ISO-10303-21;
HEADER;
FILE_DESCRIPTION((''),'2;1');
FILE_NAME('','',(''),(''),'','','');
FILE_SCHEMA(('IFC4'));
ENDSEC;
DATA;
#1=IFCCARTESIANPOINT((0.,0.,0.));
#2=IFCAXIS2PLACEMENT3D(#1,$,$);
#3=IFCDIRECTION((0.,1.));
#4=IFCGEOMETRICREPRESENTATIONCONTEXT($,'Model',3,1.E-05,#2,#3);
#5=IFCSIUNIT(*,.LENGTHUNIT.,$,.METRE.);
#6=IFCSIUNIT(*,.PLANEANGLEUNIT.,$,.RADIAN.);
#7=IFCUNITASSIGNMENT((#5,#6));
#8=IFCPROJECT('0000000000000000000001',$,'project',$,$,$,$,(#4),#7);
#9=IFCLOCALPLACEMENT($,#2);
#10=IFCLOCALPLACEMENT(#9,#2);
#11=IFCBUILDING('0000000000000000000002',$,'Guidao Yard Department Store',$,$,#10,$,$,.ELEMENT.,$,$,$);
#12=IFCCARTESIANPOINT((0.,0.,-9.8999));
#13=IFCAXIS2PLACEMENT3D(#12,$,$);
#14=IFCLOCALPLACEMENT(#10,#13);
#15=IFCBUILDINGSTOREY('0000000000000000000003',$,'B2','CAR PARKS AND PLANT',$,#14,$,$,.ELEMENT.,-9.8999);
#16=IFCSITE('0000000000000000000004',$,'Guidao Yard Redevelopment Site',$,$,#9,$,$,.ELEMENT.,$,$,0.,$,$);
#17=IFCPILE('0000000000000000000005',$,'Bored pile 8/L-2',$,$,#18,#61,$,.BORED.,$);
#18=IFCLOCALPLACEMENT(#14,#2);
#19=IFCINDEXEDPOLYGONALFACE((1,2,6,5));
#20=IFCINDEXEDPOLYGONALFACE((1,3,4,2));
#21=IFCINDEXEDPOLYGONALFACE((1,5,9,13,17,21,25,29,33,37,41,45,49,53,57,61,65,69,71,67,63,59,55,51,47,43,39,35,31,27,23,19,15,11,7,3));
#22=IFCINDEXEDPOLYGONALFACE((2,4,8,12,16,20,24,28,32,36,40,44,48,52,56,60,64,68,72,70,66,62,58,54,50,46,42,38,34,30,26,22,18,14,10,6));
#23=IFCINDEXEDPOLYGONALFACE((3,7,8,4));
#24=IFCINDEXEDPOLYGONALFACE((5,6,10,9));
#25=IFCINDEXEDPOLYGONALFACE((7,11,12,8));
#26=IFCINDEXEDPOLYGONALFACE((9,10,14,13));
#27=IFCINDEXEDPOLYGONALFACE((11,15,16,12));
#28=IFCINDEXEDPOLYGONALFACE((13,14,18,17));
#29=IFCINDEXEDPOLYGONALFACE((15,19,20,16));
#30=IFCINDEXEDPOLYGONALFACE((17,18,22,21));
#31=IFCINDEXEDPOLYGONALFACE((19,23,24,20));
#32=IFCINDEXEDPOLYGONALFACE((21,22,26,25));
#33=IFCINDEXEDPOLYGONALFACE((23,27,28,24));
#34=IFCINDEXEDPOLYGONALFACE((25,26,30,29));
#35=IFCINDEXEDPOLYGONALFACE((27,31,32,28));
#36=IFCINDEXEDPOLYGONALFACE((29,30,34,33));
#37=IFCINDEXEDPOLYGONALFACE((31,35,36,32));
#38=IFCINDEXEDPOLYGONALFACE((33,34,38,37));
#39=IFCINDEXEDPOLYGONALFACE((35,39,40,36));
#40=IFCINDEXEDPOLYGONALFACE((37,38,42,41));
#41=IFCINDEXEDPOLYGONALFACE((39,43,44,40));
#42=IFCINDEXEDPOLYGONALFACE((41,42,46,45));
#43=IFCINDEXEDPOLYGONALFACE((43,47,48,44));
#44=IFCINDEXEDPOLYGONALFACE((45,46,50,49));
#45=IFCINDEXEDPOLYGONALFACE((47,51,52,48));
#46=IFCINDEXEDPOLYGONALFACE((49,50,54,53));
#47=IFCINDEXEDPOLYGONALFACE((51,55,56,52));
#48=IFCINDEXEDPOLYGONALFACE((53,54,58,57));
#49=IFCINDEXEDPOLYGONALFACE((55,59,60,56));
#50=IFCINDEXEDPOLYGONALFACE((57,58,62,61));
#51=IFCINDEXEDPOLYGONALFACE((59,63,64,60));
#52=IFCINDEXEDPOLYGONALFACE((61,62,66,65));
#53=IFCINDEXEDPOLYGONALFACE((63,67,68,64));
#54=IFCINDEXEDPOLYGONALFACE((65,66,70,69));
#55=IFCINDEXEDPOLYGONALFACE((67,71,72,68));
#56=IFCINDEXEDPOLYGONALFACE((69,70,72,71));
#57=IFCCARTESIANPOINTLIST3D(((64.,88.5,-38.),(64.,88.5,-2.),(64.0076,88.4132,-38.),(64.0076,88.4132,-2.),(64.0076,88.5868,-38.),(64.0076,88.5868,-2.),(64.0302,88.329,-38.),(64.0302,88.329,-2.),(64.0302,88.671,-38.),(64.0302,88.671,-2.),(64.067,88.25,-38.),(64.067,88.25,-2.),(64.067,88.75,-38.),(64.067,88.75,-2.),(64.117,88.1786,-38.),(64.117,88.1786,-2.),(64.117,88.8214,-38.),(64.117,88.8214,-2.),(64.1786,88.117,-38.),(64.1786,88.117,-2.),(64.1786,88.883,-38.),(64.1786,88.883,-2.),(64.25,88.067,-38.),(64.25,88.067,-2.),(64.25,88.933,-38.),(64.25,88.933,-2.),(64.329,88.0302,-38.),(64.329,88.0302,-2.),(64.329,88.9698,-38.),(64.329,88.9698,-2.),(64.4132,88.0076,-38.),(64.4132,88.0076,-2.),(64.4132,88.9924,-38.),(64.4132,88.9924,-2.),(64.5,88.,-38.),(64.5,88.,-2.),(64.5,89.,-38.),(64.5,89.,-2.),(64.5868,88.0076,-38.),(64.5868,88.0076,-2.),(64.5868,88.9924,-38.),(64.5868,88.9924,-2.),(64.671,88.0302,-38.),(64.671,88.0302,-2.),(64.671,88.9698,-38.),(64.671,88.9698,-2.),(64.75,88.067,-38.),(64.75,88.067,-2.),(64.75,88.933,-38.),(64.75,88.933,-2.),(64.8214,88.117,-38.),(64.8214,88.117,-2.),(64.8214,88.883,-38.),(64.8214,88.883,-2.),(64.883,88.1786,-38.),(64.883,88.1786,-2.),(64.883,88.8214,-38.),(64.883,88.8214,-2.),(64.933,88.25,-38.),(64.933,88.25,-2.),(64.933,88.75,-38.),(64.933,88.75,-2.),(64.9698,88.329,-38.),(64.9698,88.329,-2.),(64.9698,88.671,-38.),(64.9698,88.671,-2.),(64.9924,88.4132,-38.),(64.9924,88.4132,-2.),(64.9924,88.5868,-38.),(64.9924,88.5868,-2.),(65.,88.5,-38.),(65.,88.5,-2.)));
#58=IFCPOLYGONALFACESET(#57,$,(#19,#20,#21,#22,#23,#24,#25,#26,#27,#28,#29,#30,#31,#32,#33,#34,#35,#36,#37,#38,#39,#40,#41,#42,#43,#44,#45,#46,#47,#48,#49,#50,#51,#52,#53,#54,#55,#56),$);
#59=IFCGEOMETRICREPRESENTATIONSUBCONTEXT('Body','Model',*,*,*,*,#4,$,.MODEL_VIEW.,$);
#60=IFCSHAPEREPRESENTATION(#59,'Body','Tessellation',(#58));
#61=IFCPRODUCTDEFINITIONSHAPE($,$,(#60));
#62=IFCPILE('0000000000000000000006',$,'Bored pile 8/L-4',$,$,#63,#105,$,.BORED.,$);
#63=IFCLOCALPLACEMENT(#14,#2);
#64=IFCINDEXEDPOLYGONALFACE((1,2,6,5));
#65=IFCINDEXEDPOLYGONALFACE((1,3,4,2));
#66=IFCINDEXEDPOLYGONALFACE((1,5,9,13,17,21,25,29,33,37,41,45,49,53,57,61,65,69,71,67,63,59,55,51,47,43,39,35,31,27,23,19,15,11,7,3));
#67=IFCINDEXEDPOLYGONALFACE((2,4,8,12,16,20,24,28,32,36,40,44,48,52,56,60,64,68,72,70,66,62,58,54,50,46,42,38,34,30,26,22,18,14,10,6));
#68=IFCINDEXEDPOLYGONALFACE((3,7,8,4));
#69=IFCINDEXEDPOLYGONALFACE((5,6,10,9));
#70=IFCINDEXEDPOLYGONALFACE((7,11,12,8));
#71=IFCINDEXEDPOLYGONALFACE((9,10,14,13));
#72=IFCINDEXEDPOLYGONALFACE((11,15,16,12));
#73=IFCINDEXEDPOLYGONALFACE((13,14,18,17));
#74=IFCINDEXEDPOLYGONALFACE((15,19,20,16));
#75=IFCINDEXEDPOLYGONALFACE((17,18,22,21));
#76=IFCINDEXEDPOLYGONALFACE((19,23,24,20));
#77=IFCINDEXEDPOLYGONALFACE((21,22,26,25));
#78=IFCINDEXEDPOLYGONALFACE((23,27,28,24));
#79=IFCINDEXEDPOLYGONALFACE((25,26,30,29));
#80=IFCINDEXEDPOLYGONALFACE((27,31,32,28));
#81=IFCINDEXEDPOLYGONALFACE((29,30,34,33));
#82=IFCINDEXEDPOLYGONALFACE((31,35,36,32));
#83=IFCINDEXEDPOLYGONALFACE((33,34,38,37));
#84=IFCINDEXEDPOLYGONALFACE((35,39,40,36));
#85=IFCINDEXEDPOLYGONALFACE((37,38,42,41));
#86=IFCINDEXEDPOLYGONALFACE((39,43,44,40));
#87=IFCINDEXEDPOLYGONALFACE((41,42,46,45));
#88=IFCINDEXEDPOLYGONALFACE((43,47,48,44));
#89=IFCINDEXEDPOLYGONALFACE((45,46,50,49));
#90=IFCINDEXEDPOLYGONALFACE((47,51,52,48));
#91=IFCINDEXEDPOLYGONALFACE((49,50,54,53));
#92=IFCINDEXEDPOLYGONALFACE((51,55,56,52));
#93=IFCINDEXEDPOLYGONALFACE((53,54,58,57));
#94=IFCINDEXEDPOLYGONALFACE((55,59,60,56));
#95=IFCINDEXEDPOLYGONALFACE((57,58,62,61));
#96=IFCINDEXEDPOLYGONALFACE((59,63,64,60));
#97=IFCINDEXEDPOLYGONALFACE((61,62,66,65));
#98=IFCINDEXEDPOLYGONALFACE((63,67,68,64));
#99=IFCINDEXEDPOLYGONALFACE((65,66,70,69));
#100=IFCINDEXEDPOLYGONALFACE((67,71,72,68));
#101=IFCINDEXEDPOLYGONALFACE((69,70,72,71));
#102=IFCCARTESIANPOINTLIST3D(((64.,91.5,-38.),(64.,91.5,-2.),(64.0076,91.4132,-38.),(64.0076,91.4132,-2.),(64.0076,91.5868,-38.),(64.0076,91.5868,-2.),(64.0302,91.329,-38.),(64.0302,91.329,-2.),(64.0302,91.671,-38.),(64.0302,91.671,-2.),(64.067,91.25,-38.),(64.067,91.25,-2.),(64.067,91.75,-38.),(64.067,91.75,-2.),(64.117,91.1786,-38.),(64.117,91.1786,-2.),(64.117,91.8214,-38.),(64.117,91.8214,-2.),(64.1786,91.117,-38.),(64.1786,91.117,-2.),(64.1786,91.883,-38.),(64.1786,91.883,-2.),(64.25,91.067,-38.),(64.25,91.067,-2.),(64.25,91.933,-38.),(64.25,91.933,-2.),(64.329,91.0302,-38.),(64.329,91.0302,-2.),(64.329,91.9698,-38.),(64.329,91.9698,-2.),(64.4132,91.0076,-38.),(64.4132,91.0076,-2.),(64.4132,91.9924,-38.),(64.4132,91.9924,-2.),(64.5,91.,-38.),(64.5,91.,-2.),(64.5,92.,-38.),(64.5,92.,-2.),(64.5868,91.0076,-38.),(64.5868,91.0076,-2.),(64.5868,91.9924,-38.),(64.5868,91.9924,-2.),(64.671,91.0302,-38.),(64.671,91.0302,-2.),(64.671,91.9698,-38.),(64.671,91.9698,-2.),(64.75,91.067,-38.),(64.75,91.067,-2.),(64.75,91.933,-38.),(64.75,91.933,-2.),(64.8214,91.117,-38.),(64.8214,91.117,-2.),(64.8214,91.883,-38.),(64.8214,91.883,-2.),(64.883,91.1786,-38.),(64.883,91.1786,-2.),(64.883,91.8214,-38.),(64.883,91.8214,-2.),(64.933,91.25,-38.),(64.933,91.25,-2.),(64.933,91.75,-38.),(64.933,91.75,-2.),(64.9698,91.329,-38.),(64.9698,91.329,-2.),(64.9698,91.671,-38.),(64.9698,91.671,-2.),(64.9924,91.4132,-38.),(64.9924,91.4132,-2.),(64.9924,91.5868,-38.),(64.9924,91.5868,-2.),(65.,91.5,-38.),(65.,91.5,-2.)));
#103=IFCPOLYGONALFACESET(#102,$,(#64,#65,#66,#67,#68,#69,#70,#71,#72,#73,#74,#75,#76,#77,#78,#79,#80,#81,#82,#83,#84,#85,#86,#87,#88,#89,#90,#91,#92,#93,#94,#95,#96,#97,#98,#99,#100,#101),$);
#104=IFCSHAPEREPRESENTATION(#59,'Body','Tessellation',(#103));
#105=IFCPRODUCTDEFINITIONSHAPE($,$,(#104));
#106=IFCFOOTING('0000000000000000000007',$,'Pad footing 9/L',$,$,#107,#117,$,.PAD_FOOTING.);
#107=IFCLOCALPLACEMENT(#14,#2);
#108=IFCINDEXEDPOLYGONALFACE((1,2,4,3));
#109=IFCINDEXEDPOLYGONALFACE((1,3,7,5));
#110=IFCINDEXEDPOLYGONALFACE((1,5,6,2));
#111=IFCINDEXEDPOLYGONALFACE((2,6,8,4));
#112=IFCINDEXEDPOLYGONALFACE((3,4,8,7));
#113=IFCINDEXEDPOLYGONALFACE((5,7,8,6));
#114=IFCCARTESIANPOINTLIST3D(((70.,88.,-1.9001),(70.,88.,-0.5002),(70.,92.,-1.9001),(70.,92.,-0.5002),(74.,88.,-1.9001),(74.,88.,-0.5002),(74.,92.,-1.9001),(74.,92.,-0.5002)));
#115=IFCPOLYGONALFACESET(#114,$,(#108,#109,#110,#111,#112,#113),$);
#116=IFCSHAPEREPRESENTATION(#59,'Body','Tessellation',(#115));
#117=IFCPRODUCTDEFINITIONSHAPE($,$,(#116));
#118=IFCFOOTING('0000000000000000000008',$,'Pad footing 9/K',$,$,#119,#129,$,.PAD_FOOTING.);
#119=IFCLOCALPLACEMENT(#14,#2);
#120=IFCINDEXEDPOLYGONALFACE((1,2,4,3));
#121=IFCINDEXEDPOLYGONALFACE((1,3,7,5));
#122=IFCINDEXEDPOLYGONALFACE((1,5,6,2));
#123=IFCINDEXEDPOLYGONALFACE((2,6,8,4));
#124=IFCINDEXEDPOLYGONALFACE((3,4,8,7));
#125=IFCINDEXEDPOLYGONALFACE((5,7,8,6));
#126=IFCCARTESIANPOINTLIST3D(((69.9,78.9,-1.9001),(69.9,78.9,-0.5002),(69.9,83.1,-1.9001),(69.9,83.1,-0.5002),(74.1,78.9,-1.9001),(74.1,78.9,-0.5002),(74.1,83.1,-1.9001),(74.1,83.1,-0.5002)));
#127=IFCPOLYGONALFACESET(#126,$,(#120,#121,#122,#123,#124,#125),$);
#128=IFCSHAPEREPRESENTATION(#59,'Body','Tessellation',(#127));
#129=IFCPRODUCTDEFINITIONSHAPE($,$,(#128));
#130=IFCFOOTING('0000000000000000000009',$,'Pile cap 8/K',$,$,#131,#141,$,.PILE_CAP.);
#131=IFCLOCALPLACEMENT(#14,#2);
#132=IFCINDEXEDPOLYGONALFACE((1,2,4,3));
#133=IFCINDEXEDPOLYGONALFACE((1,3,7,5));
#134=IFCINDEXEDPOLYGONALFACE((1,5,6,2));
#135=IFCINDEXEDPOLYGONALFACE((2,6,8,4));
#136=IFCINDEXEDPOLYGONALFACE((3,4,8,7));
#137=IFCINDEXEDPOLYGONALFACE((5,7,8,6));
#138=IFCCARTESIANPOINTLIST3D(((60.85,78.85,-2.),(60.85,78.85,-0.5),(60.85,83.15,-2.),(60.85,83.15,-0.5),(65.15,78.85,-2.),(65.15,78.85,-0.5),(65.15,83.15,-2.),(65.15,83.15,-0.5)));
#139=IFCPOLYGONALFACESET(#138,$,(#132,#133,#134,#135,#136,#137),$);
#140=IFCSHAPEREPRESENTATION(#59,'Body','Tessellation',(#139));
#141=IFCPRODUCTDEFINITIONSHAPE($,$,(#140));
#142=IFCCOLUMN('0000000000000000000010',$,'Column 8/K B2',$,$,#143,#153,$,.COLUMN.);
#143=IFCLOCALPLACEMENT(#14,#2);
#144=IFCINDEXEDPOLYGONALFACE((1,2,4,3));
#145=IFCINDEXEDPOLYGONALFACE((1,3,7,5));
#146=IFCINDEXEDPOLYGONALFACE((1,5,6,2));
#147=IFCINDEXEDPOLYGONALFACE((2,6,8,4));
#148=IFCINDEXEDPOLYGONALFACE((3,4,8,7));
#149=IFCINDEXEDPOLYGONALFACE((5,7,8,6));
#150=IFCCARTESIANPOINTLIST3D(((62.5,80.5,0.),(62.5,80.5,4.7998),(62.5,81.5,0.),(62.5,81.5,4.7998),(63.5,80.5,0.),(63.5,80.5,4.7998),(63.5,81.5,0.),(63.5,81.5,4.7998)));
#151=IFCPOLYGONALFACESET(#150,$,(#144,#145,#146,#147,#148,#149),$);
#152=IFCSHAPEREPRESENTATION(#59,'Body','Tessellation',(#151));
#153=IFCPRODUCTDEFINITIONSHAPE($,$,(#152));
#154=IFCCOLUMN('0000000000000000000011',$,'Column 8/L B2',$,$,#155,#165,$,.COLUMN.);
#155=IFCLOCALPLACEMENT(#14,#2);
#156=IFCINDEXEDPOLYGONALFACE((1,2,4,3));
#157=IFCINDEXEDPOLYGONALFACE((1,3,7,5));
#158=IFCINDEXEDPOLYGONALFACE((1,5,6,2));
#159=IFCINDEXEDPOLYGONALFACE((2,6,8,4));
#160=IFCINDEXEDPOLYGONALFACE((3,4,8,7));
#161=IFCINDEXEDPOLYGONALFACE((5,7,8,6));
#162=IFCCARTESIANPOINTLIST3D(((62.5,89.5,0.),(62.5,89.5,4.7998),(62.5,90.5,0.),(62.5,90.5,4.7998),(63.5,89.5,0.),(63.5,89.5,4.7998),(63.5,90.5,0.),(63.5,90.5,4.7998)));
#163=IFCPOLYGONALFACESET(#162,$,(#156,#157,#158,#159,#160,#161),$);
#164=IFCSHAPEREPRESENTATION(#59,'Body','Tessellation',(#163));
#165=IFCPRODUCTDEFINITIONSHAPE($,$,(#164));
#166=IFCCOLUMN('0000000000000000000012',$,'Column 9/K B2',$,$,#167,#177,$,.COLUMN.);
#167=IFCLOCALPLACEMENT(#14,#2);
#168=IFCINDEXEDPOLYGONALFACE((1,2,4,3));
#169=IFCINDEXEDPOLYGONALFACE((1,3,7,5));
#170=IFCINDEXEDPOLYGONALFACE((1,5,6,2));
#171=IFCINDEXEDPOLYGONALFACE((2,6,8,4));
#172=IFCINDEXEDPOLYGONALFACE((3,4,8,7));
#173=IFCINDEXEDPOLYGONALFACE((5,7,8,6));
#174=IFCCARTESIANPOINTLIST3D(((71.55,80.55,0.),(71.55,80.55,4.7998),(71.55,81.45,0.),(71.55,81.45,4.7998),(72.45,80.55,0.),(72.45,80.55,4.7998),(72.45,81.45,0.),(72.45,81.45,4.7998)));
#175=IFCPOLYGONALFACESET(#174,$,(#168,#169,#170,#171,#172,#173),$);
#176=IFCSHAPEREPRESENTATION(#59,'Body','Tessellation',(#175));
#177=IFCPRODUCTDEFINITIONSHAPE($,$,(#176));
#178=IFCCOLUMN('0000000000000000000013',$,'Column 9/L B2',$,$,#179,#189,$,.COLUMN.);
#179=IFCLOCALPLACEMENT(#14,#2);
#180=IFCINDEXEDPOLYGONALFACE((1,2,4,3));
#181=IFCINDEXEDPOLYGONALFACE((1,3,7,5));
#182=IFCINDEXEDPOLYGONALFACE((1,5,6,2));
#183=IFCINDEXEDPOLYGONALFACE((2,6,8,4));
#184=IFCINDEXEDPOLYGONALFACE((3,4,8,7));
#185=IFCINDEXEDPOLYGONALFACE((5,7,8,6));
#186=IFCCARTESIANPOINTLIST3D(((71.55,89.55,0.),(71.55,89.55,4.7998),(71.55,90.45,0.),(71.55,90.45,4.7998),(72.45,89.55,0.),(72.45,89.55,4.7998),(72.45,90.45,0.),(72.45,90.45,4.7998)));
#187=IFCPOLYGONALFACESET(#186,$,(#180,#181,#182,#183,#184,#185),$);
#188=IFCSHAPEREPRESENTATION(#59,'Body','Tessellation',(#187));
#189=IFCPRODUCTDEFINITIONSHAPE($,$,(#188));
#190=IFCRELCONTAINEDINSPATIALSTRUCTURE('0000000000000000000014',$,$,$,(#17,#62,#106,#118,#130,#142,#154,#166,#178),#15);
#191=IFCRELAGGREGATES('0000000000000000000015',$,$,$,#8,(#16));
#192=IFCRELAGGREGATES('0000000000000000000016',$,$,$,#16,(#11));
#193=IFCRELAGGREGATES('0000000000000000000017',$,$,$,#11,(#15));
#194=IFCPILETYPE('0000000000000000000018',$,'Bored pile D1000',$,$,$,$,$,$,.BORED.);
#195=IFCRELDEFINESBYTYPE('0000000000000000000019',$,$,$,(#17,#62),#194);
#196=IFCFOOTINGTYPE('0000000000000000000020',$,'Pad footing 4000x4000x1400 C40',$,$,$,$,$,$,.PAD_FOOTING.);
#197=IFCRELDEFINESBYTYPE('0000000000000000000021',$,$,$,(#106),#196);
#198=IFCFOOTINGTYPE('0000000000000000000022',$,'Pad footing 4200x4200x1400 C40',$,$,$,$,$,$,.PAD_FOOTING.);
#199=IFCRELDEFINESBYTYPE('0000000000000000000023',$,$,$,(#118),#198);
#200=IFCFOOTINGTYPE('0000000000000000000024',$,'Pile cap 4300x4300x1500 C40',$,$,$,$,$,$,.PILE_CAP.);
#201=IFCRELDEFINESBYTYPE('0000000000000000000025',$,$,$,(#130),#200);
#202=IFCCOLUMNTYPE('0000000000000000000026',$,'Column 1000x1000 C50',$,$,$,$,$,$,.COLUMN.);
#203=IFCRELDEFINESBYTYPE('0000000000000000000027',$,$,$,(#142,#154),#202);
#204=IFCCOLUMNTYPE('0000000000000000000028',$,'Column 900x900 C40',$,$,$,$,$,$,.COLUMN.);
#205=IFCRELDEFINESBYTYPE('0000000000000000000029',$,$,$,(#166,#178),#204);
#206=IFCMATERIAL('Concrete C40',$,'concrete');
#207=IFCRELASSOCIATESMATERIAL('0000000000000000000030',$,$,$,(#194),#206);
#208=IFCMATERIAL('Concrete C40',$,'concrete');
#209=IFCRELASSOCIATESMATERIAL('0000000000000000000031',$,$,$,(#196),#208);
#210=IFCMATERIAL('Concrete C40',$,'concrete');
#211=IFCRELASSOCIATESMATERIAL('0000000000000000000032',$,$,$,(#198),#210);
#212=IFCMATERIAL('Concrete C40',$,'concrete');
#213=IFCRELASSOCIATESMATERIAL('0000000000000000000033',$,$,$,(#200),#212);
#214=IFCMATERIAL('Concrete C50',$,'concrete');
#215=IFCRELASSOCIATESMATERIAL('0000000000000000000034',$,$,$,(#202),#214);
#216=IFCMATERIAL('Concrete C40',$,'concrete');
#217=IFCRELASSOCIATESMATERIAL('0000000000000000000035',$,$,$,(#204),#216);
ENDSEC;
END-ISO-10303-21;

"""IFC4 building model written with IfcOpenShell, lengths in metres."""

from ifc_helpers import new_model, si_unit, direction, frame, origin, origin_2d, place, context, subcontext, project, spatial, rectangle, circle, extrude, material, material_profile, profile_set, type_object, element, save


model = new_model("IFC4")

# Units and contexts
model_context = context("Model", 3, precision=1e-05, world=origin(), true_north=direction((0.0, 1.0)))
body_context = subcontext(model_context, "Body", "Model", "MODEL_VIEW")
ifc_project = project(units=[si_unit("LENGTHUNIT", "METRE"), si_unit("PLANEANGLEUNIT", "RADIAN")], contexts=[model_context])

# Site, building, storey
site_placement = place(None, origin())
site = spatial("IfcSite", under=ifc_project, at=site_placement, Name="Guidao Yard Redevelopment Site", CompositionType="ELEMENT", RefElevation=0.0)
building_placement = place(site_placement, origin())
building = spatial("IfcBuilding", under=site, at=building_placement, Name="Guidao Yard Department Store", CompositionType="ELEMENT")
storey_placement = place(building_placement, frame((0.0, 0.0, -9.8999)))
storey = spatial("IfcBuildingStorey", under=building, at=storey_placement, Name="B2", Description="CAR PARKS AND PLANT", CompositionType="ELEMENT", Elevation=-9.8999)

# Piles
ifc_material_1 = material(Name="Concrete C40", Category="concrete")
ifc_material_profile_1 = material_profile(ifc_material_1, circle(Radius=0.5, at=origin_2d()), Name="Bored pile D1000")
ifc_profile_set_1 = profile_set([ifc_material_profile_1], Name="Concrete C40")
pile_type = type_object("IfcPileType", Name="Bored pile D1000", PredefinedType="BORED", material=ifc_profile_set_1)
for number, where, z_axis, x_axis, name in (
    (1, (64.5, 88.5, -2.0), (0.0, 0.0, -1.0), (1.0, 0.0, 0.0), "Bored pile 8/L-2"),
    (2, (64.5, 91.5, -2.0), (0.0, 0.0, -1.0), (1.0, 0.0, 0.0), "Bored pile 8/L-4"),
):
    element("IfcPile", number, at=place(storey_placement, frame(where, z_axis=z_axis, x_axis=x_axis)), inside=storey, type_object=pile_type, Name=name, PredefinedType="BORED", context=body_context, shape_type="SweptSolid", body=[
        extrude(circle(Radius=0.5, at=origin_2d()), origin(), (0.0, 0.0, 1.0), 36.0),
    ])

# Footings
ifc_material_2 = material(Name="Concrete C40", Category="concrete")
footing_type_1 = type_object("IfcFootingType", Name="Pad footing 4000x4000x1400 C40", PredefinedType="PAD_FOOTING", material=ifc_material_2)
footing_1_placement = place(storey_placement, frame((72.0, 90.0, -1.9001), z_axis=(0.0, 0.0, 1.0), x_axis=(1.0, 0.0, 0.0)))
element("IfcFooting", 3, at=footing_1_placement, inside=storey, type_object=footing_type_1, Name="Pad footing 9/L", PredefinedType="PAD_FOOTING", context=body_context, shape_type="SweptSolid", body=[
    extrude(rectangle(XDim=4.0, YDim=4.0, at=origin_2d()), origin(), (0.0, 0.0, 1.0), 1.3999),
])
ifc_material_3 = material(Name="Concrete C40", Category="concrete")
footing_type_2 = type_object("IfcFootingType", Name="Pad footing 4200x4200x1400 C40", PredefinedType="PAD_FOOTING", material=ifc_material_3)
footing_2_placement = place(storey_placement, frame((72.0, 81.0, -1.9001), z_axis=(0.0, 0.0, 1.0), x_axis=(1.0, 0.0, 0.0)))
element("IfcFooting", 4, at=footing_2_placement, inside=storey, type_object=footing_type_2, Name="Pad footing 9/K", PredefinedType="PAD_FOOTING", context=body_context, shape_type="SweptSolid", body=[
    extrude(rectangle(XDim=4.2, YDim=4.2, at=origin_2d()), origin(), (0.0, 0.0, 1.0), 1.3999),
])
ifc_material_4 = material(Name="Concrete C40", Category="concrete")
footing_type_3 = type_object("IfcFootingType", Name="Pile cap 4300x4300x1500 C40", PredefinedType="PILE_CAP", material=ifc_material_4)
footing_3_placement = place(storey_placement, frame((63.0, 81.0, -2.0), z_axis=(0.0, 0.0, 1.0), x_axis=(1.0, 0.0, 0.0)))
element("IfcFooting", 5, at=footing_3_placement, inside=storey, type_object=footing_type_3, Name="Pile cap 8/K", PredefinedType="PILE_CAP", context=body_context, shape_type="SweptSolid", body=[
    extrude(rectangle(XDim=4.3, YDim=4.3, at=origin_2d()), origin(), (0.0, 0.0, 1.0), 1.5),
])

# Columns
ifc_material_5 = material(Name="Concrete C50", Category="concrete")
ifc_material_profile_2 = material_profile(ifc_material_5, rectangle(XDim=1.0, YDim=1.0, at=origin_2d()), Name="COL 1000x1000")
ifc_profile_set_2 = profile_set([ifc_material_profile_2], Name="Concrete C50")
column_type_1 = type_object("IfcColumnType", Name="Column 1000x1000 C50", PredefinedType="COLUMN", material=ifc_profile_set_2)
for number, where, z_axis, x_axis, name in (
    (6, (63.0, 81.0, 0.0), (0.0, 0.0, 1.0), (1.0, 0.0, 0.0), "Column 8/K B2"),
    (7, (63.0, 90.0, 0.0), (0.0, 0.0, 1.0), (1.0, 0.0, 0.0), "Column 8/L B2"),
):
    element("IfcColumn", number, at=place(storey_placement, frame(where, z_axis=z_axis, x_axis=x_axis)), inside=storey, type_object=column_type_1, Name=name, PredefinedType="COLUMN", context=body_context, shape_type="SweptSolid", body=[
        extrude(rectangle(XDim=1.0, YDim=1.0, at=origin_2d()), origin(), (0.0, 0.0, 1.0), 4.7998),
    ])
ifc_material_6 = material(Name="Concrete C40", Category="concrete")
ifc_material_profile_3 = material_profile(ifc_material_6, rectangle(XDim=0.8999, YDim=0.8999, at=origin_2d()), Name="COL 900x900")
ifc_profile_set_3 = profile_set([ifc_material_profile_3], Name="Concrete C40")
column_type_2 = type_object("IfcColumnType", Name="Column 900x900 C40", PredefinedType="COLUMN", material=ifc_profile_set_3)
for number, where, z_axis, x_axis, name in (
    (8, (72.0, 81.0, 0.0), (0.0, 0.0, 1.0), (1.0, 0.0, 0.0), "Column 9/K B2"),
    (9, (72.0, 90.0, 0.0), (0.0, 0.0, 1.0), (1.0, 0.0, 0.0), "Column 9/L B2"),
):
    element("IfcColumn", number, at=place(storey_placement, frame(where, z_axis=z_axis, x_axis=x_axis)), inside=storey, type_object=column_type_2, Name=name, PredefinedType="COLUMN", context=body_context, shape_type="SweptSolid", body=[
        extrude(rectangle(XDim=0.8999, YDim=0.8999, at=origin_2d()), origin(), (0.0, 0.0, 1.0), 4.7998),
    ])

save(model, "model.ifc")
